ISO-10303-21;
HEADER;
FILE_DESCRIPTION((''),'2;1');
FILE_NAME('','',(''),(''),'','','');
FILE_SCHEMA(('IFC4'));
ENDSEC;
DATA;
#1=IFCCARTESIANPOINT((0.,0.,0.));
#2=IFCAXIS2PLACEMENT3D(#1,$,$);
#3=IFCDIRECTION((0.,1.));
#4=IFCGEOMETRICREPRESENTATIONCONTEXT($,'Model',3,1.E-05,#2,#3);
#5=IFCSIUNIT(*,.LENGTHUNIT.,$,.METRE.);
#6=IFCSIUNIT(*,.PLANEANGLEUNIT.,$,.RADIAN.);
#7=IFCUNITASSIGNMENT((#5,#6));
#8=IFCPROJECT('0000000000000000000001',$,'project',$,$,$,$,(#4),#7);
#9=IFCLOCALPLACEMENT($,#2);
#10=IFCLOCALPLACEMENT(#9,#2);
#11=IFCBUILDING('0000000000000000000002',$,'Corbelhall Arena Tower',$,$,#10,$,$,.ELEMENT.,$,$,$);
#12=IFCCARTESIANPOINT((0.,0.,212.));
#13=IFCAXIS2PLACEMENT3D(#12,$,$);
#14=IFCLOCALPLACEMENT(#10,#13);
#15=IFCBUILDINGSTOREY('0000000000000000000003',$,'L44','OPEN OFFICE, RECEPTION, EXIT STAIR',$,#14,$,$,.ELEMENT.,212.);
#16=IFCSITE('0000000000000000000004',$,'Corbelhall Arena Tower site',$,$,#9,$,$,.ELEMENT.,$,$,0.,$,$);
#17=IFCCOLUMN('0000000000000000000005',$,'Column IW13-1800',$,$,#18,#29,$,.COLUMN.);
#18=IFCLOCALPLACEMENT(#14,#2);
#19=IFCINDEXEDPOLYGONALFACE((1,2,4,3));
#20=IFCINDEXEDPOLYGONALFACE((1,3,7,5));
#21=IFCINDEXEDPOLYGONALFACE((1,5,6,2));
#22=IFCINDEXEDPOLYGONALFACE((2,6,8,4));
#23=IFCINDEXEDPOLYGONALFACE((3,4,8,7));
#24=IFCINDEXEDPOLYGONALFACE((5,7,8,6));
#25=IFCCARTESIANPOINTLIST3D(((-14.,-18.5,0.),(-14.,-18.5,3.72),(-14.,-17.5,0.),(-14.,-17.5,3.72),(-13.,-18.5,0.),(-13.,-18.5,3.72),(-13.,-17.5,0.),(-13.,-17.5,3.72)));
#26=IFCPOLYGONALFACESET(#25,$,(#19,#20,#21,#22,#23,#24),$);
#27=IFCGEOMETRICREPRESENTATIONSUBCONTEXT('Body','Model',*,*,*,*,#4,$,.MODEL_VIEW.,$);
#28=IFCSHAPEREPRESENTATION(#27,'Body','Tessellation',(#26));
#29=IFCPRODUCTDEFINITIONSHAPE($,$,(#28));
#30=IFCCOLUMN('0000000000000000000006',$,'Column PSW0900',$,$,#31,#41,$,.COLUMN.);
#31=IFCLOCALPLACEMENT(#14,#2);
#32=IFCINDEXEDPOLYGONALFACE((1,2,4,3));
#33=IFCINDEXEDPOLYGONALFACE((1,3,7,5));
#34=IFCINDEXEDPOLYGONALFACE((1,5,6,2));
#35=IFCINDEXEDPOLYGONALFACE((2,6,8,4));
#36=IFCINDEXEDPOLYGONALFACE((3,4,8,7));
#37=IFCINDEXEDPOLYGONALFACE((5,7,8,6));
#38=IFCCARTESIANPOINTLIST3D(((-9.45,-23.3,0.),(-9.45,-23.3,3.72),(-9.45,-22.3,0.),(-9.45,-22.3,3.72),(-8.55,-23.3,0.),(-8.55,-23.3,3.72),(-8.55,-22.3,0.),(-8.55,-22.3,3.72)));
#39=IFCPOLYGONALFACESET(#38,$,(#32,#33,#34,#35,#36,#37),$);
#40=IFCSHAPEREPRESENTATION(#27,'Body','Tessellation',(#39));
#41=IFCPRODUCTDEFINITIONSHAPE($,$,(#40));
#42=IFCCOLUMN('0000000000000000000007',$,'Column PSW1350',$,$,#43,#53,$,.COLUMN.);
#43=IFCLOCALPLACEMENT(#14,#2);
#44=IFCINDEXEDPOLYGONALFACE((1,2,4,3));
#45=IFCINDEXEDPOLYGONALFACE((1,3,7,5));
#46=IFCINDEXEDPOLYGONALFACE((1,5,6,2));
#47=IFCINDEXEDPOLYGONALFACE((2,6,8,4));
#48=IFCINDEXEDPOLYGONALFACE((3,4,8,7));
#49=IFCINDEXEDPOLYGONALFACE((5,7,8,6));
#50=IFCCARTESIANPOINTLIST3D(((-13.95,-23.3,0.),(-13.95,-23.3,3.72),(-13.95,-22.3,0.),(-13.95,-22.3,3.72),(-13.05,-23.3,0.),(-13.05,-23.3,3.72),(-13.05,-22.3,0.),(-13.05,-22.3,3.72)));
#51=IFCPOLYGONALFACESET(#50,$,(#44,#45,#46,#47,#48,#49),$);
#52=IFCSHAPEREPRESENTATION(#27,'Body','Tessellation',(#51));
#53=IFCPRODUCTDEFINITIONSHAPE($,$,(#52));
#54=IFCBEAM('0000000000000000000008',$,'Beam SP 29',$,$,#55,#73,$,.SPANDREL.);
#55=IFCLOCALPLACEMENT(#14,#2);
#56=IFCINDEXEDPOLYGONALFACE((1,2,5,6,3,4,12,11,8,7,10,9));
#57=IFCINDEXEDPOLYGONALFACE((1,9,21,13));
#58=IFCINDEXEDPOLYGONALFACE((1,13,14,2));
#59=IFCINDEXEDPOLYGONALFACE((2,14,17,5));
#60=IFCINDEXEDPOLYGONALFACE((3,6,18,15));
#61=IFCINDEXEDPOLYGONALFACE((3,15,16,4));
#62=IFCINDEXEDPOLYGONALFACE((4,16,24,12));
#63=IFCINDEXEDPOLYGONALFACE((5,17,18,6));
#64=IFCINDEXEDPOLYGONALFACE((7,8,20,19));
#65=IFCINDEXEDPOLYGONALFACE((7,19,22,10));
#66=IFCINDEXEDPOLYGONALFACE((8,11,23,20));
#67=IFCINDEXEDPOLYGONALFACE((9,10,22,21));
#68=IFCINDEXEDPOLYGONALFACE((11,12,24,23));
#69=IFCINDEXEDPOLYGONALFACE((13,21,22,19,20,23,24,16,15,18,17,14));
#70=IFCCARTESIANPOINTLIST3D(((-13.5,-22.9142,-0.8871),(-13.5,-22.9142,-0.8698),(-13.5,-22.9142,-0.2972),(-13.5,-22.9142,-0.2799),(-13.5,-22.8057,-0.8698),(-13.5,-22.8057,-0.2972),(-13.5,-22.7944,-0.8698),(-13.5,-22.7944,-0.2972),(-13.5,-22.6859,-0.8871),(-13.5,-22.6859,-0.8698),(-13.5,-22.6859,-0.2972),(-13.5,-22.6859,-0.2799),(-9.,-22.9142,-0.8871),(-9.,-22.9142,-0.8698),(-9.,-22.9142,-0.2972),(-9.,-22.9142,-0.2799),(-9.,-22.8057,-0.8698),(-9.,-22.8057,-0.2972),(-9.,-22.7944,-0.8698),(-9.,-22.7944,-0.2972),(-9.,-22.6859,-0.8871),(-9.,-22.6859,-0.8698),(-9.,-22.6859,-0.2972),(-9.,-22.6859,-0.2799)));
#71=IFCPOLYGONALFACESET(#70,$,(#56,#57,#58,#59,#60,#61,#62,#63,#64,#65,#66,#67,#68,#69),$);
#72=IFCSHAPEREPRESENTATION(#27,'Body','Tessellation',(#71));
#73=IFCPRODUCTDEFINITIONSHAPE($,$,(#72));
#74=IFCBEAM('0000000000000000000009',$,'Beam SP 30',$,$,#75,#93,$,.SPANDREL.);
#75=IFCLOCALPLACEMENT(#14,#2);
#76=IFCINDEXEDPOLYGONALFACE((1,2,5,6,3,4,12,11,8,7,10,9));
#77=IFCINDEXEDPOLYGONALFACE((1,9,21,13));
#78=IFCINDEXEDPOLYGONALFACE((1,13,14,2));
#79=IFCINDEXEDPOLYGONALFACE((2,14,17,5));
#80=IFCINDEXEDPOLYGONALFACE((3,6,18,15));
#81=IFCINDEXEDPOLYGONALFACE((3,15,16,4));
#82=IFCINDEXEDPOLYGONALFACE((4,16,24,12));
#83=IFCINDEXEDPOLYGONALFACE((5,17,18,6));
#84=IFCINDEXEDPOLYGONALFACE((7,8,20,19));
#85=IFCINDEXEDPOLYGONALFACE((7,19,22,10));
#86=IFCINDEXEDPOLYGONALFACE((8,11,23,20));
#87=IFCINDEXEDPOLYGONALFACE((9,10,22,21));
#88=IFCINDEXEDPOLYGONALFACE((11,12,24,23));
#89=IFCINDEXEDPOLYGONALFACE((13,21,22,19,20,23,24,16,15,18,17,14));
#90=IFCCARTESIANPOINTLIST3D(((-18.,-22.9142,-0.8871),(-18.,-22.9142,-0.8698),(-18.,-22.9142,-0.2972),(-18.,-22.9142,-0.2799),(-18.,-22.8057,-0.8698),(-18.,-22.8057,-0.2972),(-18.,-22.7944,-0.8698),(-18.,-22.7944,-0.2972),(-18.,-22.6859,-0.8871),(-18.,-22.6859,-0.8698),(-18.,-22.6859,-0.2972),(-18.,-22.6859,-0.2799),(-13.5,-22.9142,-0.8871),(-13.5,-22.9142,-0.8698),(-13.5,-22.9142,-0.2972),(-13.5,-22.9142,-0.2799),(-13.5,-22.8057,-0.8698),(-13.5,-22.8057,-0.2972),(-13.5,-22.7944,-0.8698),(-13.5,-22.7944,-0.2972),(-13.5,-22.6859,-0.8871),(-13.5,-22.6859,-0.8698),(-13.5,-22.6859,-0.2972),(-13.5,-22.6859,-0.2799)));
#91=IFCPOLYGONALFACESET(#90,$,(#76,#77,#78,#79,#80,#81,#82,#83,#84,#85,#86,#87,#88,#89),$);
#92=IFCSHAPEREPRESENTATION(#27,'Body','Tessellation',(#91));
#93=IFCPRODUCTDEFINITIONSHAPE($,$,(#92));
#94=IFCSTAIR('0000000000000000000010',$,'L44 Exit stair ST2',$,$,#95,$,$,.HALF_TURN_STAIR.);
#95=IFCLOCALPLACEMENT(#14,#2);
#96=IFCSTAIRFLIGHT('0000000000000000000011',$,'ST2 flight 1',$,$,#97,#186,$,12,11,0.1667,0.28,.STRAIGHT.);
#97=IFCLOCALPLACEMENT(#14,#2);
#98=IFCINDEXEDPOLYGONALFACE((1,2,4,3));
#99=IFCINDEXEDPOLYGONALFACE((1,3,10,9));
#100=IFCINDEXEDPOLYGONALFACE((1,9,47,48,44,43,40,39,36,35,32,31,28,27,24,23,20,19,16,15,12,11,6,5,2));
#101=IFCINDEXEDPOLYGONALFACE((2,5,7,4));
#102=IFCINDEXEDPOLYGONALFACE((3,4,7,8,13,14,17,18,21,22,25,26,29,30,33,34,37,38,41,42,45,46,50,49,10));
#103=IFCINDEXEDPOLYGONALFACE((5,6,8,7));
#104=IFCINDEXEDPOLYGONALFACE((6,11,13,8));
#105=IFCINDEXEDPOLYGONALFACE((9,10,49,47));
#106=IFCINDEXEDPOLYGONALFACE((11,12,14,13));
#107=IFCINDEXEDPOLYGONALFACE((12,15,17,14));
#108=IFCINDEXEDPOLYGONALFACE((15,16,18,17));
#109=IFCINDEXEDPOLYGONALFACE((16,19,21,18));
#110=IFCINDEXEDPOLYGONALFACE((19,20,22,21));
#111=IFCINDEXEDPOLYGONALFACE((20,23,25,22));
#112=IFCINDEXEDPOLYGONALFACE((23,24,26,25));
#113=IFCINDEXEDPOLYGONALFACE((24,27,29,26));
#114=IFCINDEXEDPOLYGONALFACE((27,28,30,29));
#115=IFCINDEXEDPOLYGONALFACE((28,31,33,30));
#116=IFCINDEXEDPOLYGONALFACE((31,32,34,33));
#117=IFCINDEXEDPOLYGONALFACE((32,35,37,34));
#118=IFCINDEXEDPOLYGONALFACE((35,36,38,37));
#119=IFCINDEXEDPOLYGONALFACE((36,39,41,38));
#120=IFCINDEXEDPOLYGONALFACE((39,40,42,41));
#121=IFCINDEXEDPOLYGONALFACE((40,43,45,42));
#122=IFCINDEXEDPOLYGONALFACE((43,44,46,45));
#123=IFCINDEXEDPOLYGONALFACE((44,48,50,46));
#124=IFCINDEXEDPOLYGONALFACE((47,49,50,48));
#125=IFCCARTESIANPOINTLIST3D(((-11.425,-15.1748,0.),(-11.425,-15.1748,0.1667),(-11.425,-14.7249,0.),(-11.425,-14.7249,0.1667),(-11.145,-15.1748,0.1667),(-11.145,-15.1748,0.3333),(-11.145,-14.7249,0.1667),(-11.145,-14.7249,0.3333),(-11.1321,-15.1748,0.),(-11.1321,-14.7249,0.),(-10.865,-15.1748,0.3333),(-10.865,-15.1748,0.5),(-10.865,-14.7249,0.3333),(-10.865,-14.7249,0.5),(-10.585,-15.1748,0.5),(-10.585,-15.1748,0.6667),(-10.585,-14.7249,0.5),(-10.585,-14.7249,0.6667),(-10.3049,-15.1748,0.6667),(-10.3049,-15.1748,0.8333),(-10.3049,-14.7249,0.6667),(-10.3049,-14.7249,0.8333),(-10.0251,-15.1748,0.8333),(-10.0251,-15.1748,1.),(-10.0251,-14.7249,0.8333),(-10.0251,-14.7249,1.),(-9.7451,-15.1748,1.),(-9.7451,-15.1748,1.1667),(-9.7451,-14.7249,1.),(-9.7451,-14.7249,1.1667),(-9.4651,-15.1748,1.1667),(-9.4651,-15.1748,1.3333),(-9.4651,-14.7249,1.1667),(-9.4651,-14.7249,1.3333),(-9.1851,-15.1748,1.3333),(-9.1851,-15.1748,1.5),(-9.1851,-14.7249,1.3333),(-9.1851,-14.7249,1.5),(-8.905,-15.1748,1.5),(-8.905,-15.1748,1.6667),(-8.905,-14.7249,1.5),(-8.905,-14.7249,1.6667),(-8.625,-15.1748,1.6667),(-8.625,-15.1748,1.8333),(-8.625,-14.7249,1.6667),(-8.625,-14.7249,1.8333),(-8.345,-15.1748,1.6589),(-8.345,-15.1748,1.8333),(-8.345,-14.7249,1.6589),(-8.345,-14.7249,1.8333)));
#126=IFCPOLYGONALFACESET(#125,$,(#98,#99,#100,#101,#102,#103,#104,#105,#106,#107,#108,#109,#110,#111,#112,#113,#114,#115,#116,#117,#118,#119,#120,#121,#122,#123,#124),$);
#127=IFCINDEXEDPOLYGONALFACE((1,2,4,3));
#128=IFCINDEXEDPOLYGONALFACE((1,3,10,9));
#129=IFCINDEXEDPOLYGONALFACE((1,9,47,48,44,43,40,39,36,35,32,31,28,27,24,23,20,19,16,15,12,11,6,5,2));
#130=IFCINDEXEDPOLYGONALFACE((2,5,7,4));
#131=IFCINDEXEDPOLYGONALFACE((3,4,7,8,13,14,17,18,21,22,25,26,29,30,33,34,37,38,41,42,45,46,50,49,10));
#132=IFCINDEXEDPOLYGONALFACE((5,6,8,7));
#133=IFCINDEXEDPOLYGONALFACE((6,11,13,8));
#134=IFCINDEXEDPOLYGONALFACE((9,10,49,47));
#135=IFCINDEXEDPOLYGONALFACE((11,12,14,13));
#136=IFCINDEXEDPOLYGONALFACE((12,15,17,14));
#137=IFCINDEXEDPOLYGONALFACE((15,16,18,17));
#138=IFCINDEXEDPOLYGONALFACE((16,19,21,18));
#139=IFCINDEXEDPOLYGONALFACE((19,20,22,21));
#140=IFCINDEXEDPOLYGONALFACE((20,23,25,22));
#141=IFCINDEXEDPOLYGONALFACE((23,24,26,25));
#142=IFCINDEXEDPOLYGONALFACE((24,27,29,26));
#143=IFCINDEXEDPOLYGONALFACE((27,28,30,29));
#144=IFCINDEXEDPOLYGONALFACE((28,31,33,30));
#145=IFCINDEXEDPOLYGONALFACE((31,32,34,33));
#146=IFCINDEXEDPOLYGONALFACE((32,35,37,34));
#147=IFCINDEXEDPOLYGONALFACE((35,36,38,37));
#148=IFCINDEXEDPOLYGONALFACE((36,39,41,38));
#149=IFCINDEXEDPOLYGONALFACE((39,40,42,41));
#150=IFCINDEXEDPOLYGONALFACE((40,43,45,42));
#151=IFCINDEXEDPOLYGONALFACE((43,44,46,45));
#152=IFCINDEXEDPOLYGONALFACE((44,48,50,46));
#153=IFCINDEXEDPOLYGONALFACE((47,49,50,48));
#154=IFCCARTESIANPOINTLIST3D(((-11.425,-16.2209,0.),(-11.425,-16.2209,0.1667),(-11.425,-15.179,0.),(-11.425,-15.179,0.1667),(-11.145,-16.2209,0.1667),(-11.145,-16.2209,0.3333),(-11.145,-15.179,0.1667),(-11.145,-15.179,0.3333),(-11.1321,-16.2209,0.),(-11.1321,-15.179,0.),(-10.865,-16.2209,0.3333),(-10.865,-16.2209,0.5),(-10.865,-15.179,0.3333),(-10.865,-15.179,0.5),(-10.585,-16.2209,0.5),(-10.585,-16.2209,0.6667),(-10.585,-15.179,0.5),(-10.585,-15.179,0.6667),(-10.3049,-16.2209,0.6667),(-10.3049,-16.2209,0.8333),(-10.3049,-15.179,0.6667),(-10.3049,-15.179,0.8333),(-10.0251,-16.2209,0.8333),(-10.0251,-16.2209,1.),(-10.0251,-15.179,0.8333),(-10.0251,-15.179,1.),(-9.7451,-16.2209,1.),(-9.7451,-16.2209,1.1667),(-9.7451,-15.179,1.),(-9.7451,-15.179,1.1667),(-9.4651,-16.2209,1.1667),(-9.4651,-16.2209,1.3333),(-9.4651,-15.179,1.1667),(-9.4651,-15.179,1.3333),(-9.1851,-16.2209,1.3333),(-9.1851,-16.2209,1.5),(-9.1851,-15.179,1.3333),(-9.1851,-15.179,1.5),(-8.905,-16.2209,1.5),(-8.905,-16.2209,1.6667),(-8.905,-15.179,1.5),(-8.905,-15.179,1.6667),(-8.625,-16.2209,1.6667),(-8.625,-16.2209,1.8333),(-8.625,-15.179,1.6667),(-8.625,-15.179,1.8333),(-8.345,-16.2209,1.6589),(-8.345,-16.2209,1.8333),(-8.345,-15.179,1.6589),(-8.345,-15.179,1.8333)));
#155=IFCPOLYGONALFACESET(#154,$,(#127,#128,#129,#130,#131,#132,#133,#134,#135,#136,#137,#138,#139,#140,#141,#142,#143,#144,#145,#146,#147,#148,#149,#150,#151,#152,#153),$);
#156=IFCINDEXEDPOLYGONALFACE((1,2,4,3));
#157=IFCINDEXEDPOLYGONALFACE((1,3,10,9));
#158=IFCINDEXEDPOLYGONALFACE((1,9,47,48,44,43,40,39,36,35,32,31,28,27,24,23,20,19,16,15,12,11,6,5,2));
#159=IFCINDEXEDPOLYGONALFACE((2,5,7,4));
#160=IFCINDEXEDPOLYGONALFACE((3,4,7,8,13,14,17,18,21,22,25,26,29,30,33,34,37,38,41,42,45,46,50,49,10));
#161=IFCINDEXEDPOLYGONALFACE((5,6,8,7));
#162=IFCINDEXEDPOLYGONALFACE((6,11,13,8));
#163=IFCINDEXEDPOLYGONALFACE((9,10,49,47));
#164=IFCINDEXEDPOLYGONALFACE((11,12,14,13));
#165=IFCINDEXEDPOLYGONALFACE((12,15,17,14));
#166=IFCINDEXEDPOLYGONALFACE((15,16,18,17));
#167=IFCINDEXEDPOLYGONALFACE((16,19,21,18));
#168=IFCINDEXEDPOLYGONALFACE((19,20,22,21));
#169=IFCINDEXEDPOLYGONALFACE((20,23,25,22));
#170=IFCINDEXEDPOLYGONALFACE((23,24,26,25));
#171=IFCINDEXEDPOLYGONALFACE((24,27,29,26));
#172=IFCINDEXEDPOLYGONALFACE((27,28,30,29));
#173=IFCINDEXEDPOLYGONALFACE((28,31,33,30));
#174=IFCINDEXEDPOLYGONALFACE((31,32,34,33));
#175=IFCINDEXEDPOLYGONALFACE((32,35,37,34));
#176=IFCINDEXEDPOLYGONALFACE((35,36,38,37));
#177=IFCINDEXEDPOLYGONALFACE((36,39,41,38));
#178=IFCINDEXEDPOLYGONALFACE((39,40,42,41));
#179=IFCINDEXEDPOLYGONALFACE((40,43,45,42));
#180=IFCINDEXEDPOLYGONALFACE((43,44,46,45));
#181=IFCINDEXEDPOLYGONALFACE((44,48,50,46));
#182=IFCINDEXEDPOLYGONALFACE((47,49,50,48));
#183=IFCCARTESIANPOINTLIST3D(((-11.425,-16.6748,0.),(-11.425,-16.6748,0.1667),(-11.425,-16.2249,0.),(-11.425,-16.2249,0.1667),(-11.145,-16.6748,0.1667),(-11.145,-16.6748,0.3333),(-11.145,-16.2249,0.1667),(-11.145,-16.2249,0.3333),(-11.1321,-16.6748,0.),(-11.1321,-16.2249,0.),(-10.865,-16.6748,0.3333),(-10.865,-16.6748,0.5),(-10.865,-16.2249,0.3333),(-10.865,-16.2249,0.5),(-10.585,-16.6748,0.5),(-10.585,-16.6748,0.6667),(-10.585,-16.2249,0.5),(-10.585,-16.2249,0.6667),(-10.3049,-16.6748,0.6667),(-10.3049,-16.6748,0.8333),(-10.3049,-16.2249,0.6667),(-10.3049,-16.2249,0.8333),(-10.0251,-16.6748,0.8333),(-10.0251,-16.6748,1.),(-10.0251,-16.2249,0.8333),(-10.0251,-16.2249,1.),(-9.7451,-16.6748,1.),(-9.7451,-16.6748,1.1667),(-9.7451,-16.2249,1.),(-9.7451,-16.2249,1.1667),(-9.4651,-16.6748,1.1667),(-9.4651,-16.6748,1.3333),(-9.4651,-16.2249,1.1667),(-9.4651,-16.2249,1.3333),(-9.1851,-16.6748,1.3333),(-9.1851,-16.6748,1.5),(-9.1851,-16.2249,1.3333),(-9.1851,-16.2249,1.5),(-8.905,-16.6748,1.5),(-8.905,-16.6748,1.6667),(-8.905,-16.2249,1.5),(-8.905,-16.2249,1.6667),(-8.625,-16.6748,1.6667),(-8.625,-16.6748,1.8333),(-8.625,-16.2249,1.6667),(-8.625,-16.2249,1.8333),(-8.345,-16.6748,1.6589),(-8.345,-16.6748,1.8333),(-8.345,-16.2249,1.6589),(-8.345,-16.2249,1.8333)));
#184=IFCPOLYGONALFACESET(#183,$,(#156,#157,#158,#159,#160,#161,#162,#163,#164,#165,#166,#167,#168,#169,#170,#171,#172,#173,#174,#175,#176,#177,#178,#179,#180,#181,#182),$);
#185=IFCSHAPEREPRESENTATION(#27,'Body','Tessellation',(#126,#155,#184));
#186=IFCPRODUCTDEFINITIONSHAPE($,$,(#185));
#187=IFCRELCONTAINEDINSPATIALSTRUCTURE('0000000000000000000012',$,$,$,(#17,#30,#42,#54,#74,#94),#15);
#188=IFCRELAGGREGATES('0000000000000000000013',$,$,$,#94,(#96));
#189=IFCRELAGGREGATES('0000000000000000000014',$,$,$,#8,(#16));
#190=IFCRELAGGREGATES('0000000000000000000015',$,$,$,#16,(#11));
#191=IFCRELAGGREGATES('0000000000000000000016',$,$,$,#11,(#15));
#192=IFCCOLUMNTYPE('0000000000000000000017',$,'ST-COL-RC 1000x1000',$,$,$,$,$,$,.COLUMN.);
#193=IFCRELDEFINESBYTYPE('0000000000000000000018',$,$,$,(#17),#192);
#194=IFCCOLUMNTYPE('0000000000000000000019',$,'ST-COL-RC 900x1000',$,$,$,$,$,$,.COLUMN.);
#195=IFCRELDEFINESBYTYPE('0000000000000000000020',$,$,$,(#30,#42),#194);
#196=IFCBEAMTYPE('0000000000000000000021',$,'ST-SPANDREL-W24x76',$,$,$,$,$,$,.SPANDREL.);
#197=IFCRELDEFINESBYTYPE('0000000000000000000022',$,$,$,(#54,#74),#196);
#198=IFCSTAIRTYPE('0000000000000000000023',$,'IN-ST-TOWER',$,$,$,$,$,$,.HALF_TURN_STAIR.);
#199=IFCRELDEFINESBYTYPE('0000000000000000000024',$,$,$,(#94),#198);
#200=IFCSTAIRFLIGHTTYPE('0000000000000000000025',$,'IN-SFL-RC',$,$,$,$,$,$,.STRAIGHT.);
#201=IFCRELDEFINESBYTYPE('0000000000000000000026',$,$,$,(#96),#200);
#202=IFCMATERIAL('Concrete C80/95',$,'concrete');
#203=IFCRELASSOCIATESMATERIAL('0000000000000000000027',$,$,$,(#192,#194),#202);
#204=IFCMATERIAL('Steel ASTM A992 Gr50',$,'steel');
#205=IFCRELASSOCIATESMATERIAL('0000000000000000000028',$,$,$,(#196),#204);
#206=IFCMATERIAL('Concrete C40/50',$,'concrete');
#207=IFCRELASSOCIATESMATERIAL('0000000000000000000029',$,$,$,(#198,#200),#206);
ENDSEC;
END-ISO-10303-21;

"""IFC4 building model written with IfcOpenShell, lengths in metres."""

from ifc_helpers import new_model, si_unit, direction, frame, origin, origin_2d, place, context, subcontext, project, spatial, polyline, rectangle, i_section, outline, extrude, material, material_profile, profile_set, type_object, element, aggregate, save


model = new_model("IFC4")

# Units and contexts
model_context = context("Model", 3, precision=1e-05, world=origin(), true_north=direction((0.0, 1.0)))
body_context = subcontext(model_context, "Body", "Model", "MODEL_VIEW")
ifc_project = project(units=[si_unit("LENGTHUNIT", "METRE"), si_unit("PLANEANGLEUNIT", "RADIAN")], contexts=[model_context])

# Site, building, storey
site_placement = place(None, origin())
site = spatial("IfcSite", under=ifc_project, at=site_placement, Name="Corbelhall Arena Tower site", CompositionType="ELEMENT", RefElevation=0.0)
building_placement = place(site_placement, origin())
building = spatial("IfcBuilding", under=site, at=building_placement, Name="Corbelhall Arena Tower", CompositionType="ELEMENT")
storey_placement = place(building_placement, frame((0.0, 0.0, 212.0)))
storey = spatial("IfcBuildingStorey", under=building, at=storey_placement, Name="L44", Description="OPEN OFFICE, RECEPTION, EXIT STAIR", CompositionType="ELEMENT", Elevation=212.0)

# Columns
ifc_material_1 = material(Name="Concrete C80/95", Category="concrete")
ifc_material_profile_1 = material_profile(ifc_material_1, rectangle(XDim=1.0, YDim=1.0, at=origin_2d()))
ifc_profile_set_1 = profile_set([ifc_material_profile_1], Name="Concrete C80/95")
column_type_1 = type_object("IfcColumnType", Name="ST-COL-RC 1000x1000", PredefinedType="COLUMN", material=ifc_profile_set_1)
column_placement = place(storey_placement, frame((-13.5, -18.0, 0.0), z_axis=(0.0, 0.0, 1.0), x_axis=(1.0, 0.0, 0.0)))
element("IfcColumn", 1, at=column_placement, inside=storey, type_object=column_type_1, Name="Column IW13-1800", PredefinedType="COLUMN", context=body_context, shape_type="SweptSolid", body=[
    extrude(rectangle(XDim=1.0, YDim=1.0, at=origin_2d()), origin(), (0.0, 0.0, 1.0), 3.72),
])
ifc_material_profile_2 = material_profile(ifc_material_1, rectangle(XDim=0.8999, YDim=1.0, at=origin_2d()))
ifc_profile_set_2 = profile_set([ifc_material_profile_2], Name="Concrete C80/95")
column_type_2 = type_object("IfcColumnType", Name="ST-COL-RC 900x1000", PredefinedType="COLUMN", material=ifc_profile_set_2)
for number, where, z_axis, x_axis, name in (
    (2, (-9.0, -22.8, 0.0), (0.0, 0.0, 1.0), (1.0, 0.0, 0.0), "Column PSW0900"),
    (3, (-13.5, -22.8, 0.0), (0.0, 0.0, 1.0), (1.0, 0.0, 0.0), "Column PSW1350"),
):
    element("IfcColumn", number, at=place(storey_placement, frame(where, z_axis=z_axis, x_axis=x_axis)), inside=storey, type_object=column_type_2, Name=name, PredefinedType="COLUMN", context=body_context, shape_type="SweptSolid", body=[
        extrude(rectangle(XDim=0.8999, YDim=1.0, at=origin_2d()), origin(), (0.0, 0.0, 1.0), 3.72),
    ])

# Beams
ifc_material_2 = material(Name="Steel ASTM A992 Gr50", Category="steel")
ifc_material_profile_3 = material_profile(ifc_material_2, i_section(OverallWidth=0.2283, OverallDepth=0.6072, WebThickness=0.0112, FlangeThickness=0.0173, at=origin_2d()))
ifc_profile_set_3 = profile_set([ifc_material_profile_3], Name="Steel ASTM A992 Gr50")
beam_type = type_object("IfcBeamType", Name="ST-SPANDREL-W24x76", PredefinedType="SPANDREL", material=ifc_profile_set_3)
for number, where, z_axis, x_axis, name in (
    (4, (-9.0, -22.8, -0.5835), (-1.0, 0.0, 0.0), (0.0, -1.0, 0.0), "Beam SP 29"),
    (5, (-13.5, -22.8, -0.5835), (-1.0, 0.0, 0.0), (0.0, -1.0, 0.0), "Beam SP 30"),
):
    element("IfcBeam", number, at=place(storey_placement, frame(where, z_axis=z_axis, x_axis=x_axis)), inside=storey, type_object=beam_type, Name=name, PredefinedType="SPANDREL", context=body_context, shape_type="SweptSolid", body=[
        extrude(i_section(OverallWidth=0.2283, OverallDepth=0.6072, WebThickness=0.0112, FlangeThickness=0.0173, at=origin_2d()), origin(), (0.0, 0.0, 1.0), 4.5),
    ])

# Stair, stair flight
ifc_material_3 = material(Name="Concrete C40/50", Category="concrete")
stair_type = type_object("IfcStairType", Name="IN-ST-TOWER", PredefinedType="HALF_TURN_STAIR", material=ifc_material_3)
stair_placement = place(storey_placement, origin())
stair = element("IfcStair", 6, at=stair_placement, inside=storey, type_object=stair_type, Name="L44 Exit stair ST2", PredefinedType="HALF_TURN_STAIR")
stair_flight_type = type_object("IfcStairFlightType", Name="IN-SFL-RC", PredefinedType="STRAIGHT", material=ifc_material_3)
stair_flight_1_placement = place(storey_placement, frame((-11.425, -15.7, 0.0), z_axis=(0.0, 0.0, 1.0), x_axis=(1.0, 0.0, 0.0)))
stair_flight_1 = element("IfcStairFlight", 7, at=stair_flight_1_placement, type_object=stair_flight_type, Name="ST2 flight 1", NumberOfRisers=12, NumberOfTreads=11, PredefinedType="STRAIGHT", RiserHeight=0.1667, TreadLength=0.28, context=body_context, shape_type="SweptSolid", body=[
    extrude(outline(polyline([(0.0, 0.0), (0.0, 0.1667), (0.28, 0.1667), (0.28, 0.3333), (0.5601, 0.3333), (0.5601, 0.5), (0.8401, 0.5), (0.8401, 0.6667), (1.1201, 0.6667), (1.1201, 0.8333), (1.3999, 0.8333), (1.3999, 1.0), (1.6799, 1.0), (1.6799, 1.1667), (1.96, 1.1667), (1.96, 1.3333), (2.24, 1.3333), (2.24, 1.5), (2.52, 1.5), (2.52, 1.6667), (2.8, 1.6667), (2.8, 1.8333), (3.0801, 1.8333), (3.0801, 2.0), (3.0801, 1.6589), (0.293, 0.0), (0.0, 0.0)])), frame((0.0, 0.9751, 0.0), z_axis=(0.0, -1.0, 0.0), x_axis=(1.0, 0.0, 0.0)), (0.0, 0.0, 1.0), 0.45),
    extrude(outline(polyline([(0.0, 0.0), (0.0, 0.1667), (0.28, 0.1667), (0.28, 0.3333), (0.5601, 0.3333), (0.5601, 0.5), (0.8401, 0.5), (0.8401, 0.6667), (1.1201, 0.6667), (1.1201, 0.8333), (1.3999, 0.8333), (1.3999, 1.0), (1.6799, 1.0), (1.6799, 1.1667), (1.96, 1.1667), (1.96, 1.3333), (2.24, 1.3333), (2.24, 1.5), (2.52, 1.5), (2.52, 1.6667), (2.8, 1.6667), (2.8, 1.8333), (3.0801, 1.8333), (3.0801, 2.0), (3.0801, 1.6589), (0.293, 0.0), (0.0, 0.0)])), frame((0.0, 0.521, 0.0), z_axis=(0.0, -1.0, 0.0), x_axis=(1.0, 0.0, 0.0)), (0.0, 0.0, 1.0), 1.042),
    extrude(outline(polyline([(0.0, 0.0), (0.0, 0.1667), (0.28, 0.1667), (0.28, 0.3333), (0.5601, 0.3333), (0.5601, 0.5), (0.8401, 0.5), (0.8401, 0.6667), (1.1201, 0.6667), (1.1201, 0.8333), (1.3999, 0.8333), (1.3999, 1.0), (1.6799, 1.0), (1.6799, 1.1667), (1.96, 1.1667), (1.96, 1.3333), (2.24, 1.3333), (2.24, 1.5), (2.52, 1.5), (2.52, 1.6667), (2.8, 1.6667), (2.8, 1.8333), (3.0801, 1.8333), (3.0801, 2.0), (3.0801, 1.6589), (0.293, 0.0), (0.0, 0.0)])), frame((0.0, -0.5249, 0.0), z_axis=(0.0, -1.0, 0.0), x_axis=(1.0, 0.0, 0.0)), (0.0, 0.0, 1.0), 0.45),
])
aggregate(stair, [stair_flight_1])

save(model, "model.ifc")
